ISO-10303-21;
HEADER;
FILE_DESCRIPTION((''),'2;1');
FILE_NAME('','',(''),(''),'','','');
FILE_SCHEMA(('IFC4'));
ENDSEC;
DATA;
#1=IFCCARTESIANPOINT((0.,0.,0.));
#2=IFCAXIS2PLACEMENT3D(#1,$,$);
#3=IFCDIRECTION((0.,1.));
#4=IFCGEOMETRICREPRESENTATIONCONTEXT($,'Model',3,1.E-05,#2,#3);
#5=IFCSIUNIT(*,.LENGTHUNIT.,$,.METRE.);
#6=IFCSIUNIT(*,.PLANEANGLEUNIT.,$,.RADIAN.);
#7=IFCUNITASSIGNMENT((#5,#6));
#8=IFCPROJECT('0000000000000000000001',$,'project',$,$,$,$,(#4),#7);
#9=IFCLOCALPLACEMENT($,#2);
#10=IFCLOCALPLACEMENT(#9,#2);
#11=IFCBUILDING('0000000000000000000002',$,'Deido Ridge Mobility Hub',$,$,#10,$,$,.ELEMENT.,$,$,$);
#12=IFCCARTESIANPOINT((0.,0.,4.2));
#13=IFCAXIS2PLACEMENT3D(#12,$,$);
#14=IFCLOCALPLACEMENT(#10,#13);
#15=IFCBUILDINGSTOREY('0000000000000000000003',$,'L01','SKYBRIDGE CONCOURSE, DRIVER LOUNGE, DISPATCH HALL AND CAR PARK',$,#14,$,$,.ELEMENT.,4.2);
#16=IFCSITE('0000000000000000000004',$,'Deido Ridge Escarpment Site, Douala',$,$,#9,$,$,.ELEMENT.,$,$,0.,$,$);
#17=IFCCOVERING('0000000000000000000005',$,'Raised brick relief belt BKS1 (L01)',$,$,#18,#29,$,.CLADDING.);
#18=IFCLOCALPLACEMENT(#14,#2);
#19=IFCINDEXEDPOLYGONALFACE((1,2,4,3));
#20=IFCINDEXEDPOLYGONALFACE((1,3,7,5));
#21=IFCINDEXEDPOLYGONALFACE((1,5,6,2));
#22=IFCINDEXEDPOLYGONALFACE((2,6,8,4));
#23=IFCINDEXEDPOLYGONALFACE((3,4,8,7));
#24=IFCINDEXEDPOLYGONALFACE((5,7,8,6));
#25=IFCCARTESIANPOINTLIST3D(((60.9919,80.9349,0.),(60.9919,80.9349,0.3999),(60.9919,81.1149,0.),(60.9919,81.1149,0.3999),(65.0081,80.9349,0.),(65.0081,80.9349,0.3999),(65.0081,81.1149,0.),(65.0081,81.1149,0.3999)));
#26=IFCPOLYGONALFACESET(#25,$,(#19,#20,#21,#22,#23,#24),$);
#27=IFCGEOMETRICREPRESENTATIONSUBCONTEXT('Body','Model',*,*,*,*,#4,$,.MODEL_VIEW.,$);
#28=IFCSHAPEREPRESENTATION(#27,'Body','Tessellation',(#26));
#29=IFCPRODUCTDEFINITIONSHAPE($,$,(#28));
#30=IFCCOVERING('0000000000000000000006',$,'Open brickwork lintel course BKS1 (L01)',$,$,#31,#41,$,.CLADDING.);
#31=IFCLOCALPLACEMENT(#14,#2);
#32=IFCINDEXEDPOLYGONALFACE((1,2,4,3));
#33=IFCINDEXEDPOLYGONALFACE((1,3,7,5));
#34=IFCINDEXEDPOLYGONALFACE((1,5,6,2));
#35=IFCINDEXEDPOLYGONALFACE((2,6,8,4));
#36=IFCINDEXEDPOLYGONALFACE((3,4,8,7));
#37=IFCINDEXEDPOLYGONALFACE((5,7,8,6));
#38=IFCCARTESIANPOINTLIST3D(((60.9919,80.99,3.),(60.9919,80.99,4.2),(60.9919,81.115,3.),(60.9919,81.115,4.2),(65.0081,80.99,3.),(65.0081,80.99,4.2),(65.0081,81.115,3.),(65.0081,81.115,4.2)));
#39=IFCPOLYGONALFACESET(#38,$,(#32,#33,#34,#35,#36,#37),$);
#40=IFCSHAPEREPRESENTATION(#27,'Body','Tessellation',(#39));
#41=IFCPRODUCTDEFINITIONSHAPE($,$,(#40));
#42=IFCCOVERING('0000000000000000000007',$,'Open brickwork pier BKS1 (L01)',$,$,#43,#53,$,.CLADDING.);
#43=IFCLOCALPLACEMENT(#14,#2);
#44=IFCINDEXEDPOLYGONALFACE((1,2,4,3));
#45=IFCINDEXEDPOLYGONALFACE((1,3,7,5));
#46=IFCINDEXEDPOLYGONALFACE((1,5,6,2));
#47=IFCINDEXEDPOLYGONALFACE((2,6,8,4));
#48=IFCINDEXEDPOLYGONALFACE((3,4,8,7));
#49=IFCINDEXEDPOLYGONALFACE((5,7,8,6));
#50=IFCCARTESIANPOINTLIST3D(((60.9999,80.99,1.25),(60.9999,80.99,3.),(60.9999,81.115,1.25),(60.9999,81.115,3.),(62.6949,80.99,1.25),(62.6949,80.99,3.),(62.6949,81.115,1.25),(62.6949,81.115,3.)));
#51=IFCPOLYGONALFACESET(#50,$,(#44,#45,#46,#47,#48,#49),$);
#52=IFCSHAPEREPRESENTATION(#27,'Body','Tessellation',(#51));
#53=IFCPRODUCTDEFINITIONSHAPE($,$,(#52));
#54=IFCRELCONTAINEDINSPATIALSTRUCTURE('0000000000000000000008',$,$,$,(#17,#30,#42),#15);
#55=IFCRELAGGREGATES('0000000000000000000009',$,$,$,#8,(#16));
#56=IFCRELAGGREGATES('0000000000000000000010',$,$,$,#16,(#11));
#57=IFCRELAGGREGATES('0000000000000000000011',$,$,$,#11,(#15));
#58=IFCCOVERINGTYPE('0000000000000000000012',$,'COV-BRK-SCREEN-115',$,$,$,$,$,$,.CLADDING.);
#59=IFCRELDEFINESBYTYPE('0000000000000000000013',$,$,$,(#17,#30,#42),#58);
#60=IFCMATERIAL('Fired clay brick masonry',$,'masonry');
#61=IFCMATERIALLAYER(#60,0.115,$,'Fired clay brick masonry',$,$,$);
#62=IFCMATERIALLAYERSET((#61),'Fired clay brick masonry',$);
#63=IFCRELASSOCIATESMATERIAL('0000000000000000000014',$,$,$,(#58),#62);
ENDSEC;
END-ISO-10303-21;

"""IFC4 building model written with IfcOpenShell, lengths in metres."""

from ifc_helpers import new_model, si_unit, direction, frame, origin, origin_2d, place, context, subcontext, project, spatial, rectangle, extrude, material, layer, layer_set, type_object, element, save


model = new_model("IFC4")

# Units and contexts
model_context = context("Model", 3, precision=1e-05, world=origin(), true_north=direction((0.0, 1.0)))
body_context = subcontext(model_context, "Body", "Model", "MODEL_VIEW")
ifc_project = project(units=[si_unit("LENGTHUNIT", "METRE"), si_unit("PLANEANGLEUNIT", "RADIAN")], contexts=[model_context])

# Site, building, storey
site_placement = place(None, origin())
site = spatial("IfcSite", under=ifc_project, at=site_placement, Name="Deido Ridge Escarpment Site, Douala", CompositionType="ELEMENT", RefElevation=0.0)
building_placement = place(site_placement, origin())
building = spatial("IfcBuilding", under=site, at=building_placement, Name="Deido Ridge Mobility Hub", CompositionType="ELEMENT")
storey_placement = place(building_placement, frame((0.0, 0.0, 4.2)))
storey = spatial("IfcBuildingStorey", under=building, at=storey_placement, Name="L01", Description="SKYBRIDGE CONCOURSE, DRIVER LOUNGE, DISPATCH HALL AND CAR PARK", CompositionType="ELEMENT", Elevation=4.2)

# Coverings
ifc_material_1 = material(Name="Fired clay brick masonry", Category="masonry")
ifc_layer = layer(ifc_material_1, 0.115, Name="Fired clay brick masonry")
ifc_layer_set = layer_set([ifc_layer], Name="Fired clay brick masonry")
covering_type = type_object("IfcCoveringType", Name="COV-BRK-SCREEN-115", PredefinedType="CLADDING", material=ifc_layer_set)
covering_1_placement = place(storey_placement, frame((63.0, 81.0249, 0.0), z_axis=(0.0, 0.0, 1.0), x_axis=(1.0, 0.0, 0.0)))
element("IfcCovering", 1, at=covering_1_placement, inside=storey, type_object=covering_type, Name="Raised brick relief belt BKS1 (L01)", PredefinedType="CLADDING", context=body_context, shape_type="SweptSolid", body=[
    extrude(rectangle(XDim=4.0161, YDim=0.1799, at=origin_2d()), origin(), (0.0, 0.0, 1.0), 0.3999),
])
covering_2_placement = place(storey_placement, frame((63.0, 81.0525, 3.0), z_axis=(0.0, 0.0, 1.0), x_axis=(1.0, 0.0, 0.0)))
element("IfcCovering", 2, at=covering_2_placement, inside=storey, type_object=covering_type, Name="Open brickwork lintel course BKS1 (L01)", PredefinedType="CLADDING", context=body_context, shape_type="SweptSolid", body=[
    extrude(rectangle(XDim=4.0161, YDim=0.125, at=origin_2d()), origin(), (0.0, 0.0, 1.0), 1.2),
])
covering_3_placement = place(storey_placement, frame((61.8474, 81.0525, 1.25), z_axis=(0.0, 0.0, 1.0), x_axis=(1.0, 0.0, 0.0)))
element("IfcCovering", 3, at=covering_3_placement, inside=storey, type_object=covering_type, Name="Open brickwork pier BKS1 (L01)", PredefinedType="CLADDING", context=body_context, shape_type="SweptSolid", body=[
    extrude(rectangle(XDim=1.6951, YDim=0.125, at=origin_2d()), origin(), (0.0, 0.0, 1.0), 1.75),
])

save(model, "model.ifc")
